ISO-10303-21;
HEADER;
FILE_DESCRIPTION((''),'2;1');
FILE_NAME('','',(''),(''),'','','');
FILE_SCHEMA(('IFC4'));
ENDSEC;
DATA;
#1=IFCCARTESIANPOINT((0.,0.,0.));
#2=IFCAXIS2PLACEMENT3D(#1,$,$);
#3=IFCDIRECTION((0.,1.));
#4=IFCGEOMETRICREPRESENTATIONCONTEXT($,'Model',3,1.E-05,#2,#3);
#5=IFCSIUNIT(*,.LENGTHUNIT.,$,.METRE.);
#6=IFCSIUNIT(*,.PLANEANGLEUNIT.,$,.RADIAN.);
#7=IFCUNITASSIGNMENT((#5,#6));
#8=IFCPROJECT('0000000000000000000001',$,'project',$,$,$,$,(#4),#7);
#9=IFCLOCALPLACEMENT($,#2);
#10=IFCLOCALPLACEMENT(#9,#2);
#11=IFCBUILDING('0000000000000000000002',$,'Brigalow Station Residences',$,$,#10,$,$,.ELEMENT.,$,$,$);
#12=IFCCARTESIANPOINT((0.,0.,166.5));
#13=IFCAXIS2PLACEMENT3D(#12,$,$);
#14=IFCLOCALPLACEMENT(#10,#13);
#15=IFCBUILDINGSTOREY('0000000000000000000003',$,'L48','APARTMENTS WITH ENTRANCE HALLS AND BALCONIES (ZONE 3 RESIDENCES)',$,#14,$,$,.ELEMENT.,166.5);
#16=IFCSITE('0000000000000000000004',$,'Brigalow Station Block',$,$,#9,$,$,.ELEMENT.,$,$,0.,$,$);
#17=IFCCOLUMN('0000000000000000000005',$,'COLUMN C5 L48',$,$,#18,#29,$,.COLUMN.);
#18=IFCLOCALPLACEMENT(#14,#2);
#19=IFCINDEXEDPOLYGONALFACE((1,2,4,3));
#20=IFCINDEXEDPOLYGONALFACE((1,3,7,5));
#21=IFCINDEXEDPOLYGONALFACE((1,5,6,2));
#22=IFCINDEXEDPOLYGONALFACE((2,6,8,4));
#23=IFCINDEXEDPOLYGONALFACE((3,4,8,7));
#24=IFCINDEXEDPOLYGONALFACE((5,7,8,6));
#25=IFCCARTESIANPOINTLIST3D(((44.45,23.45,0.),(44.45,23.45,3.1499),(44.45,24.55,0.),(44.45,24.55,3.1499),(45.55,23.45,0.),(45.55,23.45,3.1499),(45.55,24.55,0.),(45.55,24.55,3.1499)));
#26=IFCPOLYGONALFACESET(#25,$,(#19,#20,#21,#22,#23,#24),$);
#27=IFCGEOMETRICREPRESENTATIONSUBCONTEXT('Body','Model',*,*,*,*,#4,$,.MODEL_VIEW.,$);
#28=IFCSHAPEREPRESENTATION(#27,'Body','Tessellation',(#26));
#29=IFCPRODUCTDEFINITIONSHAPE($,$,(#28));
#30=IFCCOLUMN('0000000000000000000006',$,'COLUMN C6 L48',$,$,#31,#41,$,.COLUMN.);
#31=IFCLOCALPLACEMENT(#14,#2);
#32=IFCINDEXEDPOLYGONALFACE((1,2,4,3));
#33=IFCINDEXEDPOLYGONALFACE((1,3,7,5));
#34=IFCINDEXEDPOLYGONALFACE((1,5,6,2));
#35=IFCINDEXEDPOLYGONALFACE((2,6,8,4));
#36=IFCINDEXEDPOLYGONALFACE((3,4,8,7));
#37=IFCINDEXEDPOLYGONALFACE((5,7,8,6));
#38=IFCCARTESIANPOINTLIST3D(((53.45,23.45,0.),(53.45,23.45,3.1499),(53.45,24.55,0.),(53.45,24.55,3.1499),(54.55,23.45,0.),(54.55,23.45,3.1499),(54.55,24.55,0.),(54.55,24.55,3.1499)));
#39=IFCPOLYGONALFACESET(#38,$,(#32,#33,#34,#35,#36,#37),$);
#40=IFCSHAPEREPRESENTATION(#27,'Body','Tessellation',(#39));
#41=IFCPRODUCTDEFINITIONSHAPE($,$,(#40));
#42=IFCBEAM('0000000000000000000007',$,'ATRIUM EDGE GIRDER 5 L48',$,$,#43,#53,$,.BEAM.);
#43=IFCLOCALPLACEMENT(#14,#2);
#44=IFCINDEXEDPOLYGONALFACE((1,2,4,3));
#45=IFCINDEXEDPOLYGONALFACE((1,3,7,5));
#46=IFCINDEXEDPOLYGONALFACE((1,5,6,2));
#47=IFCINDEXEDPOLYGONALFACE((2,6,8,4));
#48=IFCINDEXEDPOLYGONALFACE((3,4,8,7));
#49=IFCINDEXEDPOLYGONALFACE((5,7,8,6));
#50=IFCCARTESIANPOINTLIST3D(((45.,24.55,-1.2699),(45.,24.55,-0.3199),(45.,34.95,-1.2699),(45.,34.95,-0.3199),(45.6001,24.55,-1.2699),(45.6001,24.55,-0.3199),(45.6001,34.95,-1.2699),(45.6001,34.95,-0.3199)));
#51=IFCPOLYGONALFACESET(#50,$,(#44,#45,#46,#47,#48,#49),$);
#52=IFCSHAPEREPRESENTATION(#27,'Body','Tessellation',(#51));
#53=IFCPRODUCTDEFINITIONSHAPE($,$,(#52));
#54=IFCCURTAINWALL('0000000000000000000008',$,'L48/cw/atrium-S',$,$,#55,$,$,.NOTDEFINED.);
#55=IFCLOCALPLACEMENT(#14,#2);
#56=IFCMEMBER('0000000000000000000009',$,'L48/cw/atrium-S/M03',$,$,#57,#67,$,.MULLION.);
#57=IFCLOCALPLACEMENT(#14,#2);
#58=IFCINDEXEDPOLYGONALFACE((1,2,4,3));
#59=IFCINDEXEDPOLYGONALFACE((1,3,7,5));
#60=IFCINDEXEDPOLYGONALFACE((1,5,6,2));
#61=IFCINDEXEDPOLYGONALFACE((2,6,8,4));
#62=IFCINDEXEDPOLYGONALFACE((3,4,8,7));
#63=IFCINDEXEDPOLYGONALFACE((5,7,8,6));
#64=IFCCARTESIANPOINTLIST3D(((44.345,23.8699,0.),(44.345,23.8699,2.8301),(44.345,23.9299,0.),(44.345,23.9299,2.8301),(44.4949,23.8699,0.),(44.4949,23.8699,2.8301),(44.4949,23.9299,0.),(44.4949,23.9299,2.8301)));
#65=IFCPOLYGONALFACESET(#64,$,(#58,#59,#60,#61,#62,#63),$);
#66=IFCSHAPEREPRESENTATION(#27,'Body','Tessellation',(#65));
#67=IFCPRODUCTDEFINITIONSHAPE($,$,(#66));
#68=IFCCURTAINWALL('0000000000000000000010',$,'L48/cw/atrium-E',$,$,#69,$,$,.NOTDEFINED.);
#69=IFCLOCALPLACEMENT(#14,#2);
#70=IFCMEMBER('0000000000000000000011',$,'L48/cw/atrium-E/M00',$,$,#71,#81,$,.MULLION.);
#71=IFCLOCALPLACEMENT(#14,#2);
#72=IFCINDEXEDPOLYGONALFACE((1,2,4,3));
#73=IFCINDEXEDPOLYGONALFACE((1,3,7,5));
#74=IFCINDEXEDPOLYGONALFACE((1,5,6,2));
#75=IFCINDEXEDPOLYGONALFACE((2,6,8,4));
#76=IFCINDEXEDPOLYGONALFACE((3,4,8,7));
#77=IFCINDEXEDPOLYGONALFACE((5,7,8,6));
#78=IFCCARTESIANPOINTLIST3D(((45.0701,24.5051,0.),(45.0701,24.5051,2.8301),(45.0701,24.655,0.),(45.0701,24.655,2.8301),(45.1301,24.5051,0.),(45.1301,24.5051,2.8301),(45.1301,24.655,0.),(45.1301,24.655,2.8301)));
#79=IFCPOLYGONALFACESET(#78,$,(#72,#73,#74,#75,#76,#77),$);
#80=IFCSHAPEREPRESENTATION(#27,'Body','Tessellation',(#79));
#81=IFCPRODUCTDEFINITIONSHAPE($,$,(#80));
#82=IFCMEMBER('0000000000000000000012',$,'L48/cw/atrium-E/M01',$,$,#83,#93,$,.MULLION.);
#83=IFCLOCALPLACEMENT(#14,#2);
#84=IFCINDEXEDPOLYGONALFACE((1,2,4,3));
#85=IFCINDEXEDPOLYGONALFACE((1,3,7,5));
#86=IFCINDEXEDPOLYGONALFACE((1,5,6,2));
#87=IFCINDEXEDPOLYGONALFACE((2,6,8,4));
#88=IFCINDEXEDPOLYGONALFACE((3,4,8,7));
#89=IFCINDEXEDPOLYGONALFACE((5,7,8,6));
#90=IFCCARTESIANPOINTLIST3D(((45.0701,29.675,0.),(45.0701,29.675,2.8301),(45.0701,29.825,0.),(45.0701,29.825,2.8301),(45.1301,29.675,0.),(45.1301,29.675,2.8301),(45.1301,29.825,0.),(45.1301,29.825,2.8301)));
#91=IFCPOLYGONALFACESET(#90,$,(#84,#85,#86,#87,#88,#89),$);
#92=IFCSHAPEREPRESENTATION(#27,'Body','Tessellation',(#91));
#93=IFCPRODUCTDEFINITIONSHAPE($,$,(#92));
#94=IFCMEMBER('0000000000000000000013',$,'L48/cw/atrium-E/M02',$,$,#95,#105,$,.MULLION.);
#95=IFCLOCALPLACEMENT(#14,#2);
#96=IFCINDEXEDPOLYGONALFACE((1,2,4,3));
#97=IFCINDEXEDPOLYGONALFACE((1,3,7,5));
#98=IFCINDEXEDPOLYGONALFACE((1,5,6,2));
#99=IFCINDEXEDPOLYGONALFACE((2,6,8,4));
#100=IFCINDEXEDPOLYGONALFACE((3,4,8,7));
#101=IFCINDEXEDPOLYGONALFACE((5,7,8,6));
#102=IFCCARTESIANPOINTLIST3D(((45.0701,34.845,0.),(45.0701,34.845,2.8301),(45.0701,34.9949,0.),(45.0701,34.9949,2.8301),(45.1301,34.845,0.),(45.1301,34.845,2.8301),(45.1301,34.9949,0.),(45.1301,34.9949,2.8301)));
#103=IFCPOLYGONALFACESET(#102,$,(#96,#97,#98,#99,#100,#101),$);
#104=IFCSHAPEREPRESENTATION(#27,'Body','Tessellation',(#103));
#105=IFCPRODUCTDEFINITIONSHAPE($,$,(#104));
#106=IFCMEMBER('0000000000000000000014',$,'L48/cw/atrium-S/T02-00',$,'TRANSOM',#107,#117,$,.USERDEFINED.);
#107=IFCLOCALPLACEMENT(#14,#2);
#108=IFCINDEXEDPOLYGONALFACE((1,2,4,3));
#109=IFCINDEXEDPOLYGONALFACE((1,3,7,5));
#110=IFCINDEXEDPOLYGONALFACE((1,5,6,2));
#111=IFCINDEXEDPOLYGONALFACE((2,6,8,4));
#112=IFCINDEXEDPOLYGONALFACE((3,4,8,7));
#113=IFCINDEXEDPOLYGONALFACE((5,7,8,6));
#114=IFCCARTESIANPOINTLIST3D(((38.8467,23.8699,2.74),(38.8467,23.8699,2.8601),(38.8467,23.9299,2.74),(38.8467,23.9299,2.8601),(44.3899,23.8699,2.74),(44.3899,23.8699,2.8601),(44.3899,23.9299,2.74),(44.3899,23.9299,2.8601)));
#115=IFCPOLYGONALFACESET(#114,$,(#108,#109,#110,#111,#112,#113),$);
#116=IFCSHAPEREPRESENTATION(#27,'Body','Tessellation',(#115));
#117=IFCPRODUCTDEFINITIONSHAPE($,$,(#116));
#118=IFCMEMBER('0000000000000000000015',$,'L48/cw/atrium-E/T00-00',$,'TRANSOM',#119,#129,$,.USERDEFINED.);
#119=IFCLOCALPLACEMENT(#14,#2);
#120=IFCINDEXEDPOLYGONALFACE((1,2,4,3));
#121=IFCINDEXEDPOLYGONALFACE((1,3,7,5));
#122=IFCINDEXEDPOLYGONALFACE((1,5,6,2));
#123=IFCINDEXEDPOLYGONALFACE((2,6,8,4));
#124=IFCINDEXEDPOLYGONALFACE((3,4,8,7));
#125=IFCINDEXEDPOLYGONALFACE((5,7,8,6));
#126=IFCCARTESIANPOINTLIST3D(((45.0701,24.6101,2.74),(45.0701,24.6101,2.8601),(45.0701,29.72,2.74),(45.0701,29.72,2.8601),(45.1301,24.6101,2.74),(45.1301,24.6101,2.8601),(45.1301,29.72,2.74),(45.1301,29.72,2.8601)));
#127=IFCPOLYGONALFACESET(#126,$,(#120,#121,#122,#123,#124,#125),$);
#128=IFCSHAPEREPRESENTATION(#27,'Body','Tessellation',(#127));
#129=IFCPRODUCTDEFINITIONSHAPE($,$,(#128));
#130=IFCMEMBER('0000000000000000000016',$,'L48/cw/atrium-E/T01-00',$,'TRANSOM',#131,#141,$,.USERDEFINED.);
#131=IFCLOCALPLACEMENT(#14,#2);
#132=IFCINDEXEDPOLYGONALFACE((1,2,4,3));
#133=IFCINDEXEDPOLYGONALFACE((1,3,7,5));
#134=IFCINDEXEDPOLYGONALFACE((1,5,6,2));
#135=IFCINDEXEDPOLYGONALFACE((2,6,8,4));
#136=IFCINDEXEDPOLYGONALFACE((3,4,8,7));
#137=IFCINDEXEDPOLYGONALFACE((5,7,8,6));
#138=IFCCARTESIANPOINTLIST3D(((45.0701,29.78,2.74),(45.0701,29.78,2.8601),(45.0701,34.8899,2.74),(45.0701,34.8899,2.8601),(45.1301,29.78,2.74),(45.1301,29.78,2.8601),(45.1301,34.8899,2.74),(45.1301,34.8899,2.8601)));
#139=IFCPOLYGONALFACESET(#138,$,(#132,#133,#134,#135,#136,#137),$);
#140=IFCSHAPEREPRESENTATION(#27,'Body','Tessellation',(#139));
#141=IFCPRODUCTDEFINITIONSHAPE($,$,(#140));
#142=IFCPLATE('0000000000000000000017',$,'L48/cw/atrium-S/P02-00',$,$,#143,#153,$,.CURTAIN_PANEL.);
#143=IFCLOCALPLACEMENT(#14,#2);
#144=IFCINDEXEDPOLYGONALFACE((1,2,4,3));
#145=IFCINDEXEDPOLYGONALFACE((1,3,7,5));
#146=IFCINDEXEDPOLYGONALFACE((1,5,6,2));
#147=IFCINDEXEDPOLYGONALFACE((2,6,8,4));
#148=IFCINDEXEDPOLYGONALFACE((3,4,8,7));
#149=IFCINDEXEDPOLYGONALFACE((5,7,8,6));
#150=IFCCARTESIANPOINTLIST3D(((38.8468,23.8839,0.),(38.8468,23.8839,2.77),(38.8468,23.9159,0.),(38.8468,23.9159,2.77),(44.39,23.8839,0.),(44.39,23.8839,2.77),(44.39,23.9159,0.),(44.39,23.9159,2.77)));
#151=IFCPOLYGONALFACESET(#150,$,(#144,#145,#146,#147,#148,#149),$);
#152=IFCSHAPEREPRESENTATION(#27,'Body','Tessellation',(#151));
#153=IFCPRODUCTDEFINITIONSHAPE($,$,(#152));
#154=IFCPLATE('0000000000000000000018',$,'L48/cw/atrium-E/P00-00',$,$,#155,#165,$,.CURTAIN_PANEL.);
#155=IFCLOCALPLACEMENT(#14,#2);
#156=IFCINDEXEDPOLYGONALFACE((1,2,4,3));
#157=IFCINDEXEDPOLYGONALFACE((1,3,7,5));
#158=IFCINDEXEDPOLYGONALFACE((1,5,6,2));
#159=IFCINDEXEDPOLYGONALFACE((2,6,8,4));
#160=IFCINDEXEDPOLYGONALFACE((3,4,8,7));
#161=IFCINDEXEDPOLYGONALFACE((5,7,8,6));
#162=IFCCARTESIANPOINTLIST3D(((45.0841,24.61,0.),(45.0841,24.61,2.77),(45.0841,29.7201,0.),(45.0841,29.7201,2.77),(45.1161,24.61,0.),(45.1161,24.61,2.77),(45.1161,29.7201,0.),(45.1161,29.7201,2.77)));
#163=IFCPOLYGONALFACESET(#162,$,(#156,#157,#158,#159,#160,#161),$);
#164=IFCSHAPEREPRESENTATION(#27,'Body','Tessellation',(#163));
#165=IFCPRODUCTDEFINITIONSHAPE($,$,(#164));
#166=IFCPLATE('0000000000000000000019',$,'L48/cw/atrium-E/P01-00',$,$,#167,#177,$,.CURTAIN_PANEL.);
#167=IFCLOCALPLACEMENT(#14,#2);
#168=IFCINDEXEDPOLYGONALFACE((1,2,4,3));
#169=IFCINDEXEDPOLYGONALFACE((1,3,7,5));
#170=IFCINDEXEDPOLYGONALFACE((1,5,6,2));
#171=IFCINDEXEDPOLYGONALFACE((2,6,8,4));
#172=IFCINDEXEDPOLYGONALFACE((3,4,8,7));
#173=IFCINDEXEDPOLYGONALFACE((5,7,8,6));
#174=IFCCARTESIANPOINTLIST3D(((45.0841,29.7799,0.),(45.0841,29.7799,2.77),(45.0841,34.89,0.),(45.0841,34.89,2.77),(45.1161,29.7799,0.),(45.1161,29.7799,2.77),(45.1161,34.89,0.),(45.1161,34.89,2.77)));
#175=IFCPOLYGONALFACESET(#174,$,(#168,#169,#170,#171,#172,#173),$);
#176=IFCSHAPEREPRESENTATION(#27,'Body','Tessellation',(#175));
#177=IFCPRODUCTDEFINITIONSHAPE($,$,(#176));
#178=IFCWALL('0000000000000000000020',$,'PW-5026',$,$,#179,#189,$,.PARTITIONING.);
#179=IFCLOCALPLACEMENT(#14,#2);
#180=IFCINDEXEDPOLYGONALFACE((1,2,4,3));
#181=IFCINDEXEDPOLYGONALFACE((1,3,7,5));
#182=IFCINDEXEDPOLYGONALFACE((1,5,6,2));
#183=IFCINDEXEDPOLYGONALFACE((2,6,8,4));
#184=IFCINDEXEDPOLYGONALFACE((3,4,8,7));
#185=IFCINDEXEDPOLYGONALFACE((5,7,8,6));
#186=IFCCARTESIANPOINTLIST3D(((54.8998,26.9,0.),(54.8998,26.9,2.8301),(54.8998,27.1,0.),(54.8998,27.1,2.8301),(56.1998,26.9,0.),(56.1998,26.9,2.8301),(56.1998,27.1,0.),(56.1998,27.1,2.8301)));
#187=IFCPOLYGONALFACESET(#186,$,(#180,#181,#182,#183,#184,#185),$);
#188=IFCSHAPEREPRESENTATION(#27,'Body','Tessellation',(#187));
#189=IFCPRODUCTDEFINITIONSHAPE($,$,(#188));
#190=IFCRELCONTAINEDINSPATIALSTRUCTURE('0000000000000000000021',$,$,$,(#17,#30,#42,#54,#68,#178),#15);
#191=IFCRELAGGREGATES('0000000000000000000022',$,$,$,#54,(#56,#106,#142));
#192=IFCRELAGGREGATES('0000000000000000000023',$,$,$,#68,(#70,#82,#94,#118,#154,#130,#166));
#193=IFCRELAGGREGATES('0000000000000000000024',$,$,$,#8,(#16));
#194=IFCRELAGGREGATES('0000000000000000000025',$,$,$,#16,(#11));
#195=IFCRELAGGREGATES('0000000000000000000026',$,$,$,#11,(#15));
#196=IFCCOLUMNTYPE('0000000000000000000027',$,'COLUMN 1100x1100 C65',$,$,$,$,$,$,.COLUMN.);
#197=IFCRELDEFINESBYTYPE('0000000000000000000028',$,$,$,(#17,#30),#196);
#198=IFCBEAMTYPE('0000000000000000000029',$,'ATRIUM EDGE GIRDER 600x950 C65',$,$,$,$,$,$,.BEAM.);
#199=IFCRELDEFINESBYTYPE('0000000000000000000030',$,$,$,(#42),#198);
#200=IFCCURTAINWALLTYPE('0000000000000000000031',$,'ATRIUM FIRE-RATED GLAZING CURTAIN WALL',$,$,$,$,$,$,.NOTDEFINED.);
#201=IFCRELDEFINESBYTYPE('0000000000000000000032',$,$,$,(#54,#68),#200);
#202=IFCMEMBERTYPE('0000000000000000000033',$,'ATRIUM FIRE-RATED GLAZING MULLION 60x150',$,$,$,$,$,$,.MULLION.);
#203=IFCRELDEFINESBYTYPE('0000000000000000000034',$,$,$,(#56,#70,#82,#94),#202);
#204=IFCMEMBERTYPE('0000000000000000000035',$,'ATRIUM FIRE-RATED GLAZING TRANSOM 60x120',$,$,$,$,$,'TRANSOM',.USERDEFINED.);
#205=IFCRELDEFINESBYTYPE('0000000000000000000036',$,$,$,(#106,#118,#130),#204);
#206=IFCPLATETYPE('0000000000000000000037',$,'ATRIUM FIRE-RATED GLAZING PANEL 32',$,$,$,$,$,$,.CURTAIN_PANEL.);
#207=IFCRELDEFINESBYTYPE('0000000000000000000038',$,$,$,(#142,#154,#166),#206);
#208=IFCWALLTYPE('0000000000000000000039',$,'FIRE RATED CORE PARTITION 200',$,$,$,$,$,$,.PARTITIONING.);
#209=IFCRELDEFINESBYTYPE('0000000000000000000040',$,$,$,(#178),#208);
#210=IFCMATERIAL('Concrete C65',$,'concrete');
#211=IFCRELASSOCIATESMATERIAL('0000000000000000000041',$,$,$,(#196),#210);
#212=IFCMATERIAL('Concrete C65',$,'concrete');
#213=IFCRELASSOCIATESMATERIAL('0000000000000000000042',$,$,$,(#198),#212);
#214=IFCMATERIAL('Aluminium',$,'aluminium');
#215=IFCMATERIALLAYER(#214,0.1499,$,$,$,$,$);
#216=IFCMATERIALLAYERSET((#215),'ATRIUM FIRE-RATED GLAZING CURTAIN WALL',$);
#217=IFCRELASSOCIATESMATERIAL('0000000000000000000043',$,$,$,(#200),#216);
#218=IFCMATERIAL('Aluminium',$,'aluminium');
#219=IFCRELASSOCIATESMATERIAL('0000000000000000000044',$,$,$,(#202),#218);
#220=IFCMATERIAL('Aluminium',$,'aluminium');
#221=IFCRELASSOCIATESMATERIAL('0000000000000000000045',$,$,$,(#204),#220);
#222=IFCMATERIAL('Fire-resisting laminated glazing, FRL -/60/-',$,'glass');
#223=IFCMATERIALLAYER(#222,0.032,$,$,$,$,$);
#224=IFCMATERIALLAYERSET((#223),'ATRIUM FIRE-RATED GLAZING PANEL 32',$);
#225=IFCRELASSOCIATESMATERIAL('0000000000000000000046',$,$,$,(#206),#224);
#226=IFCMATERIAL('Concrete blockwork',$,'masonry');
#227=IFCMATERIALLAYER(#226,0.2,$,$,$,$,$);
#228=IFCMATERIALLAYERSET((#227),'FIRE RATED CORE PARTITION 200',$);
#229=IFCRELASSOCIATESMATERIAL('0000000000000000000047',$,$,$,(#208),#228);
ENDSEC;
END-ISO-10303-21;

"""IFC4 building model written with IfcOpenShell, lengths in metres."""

from ifc_helpers import new_model, si_unit, direction, frame, frame_2d, origin, origin_2d, place, context, subcontext, project, spatial, rectangle, extrude, material, layer, layer_set, material_profile, profile_set, type_object, element, aggregate, save


model = new_model("IFC4")

# Units and contexts
model_context = context("Model", 3, precision=1e-05, world=origin(), true_north=direction((0.0, 1.0)))
body_context = subcontext(model_context, "Body", "Model", "MODEL_VIEW")
ifc_project = project(units=[si_unit("LENGTHUNIT", "METRE"), si_unit("PLANEANGLEUNIT", "RADIAN")], contexts=[model_context])

# Site, building, storey
site_placement = place(None, origin())
site = spatial("IfcSite", under=ifc_project, at=site_placement, Name="Brigalow Station Block", CompositionType="ELEMENT", RefElevation=0.0)
building_placement = place(site_placement, origin())
building = spatial("IfcBuilding", under=site, at=building_placement, Name="Brigalow Station Residences", CompositionType="ELEMENT")
storey_placement = place(building_placement, frame((0.0, 0.0, 166.5)))
storey = spatial("IfcBuildingStorey", under=building, at=storey_placement, Name="L48", Description="APARTMENTS WITH ENTRANCE HALLS AND BALCONIES (ZONE 3 RESIDENCES)", CompositionType="ELEMENT", Elevation=166.5)

# Columns
ifc_material_1 = material(Name="Concrete C65", Category="concrete")
ifc_material_profile_1 = material_profile(ifc_material_1, rectangle(XDim=1.1001, YDim=1.1001, at=origin_2d()), Name="RC1100x1100")
ifc_profile_set_1 = profile_set([ifc_material_profile_1], Name="Concrete C65")
column_type = type_object("IfcColumnType", Name="COLUMN 1100x1100 C65", PredefinedType="COLUMN", material=ifc_profile_set_1)
for number, where, z_axis, x_axis, name in (
    (1, (45.0, 24.0, 0.0), (0.0, 0.0, 1.0), (1.0, 0.0, 0.0), "COLUMN C5 L48"),
    (2, (54.0, 24.0, 0.0), (0.0, 0.0, 1.0), (1.0, 0.0, 0.0), "COLUMN C6 L48"),
):
    element("IfcColumn", number, at=place(storey_placement, frame(where, z_axis=z_axis, x_axis=x_axis)), inside=storey, type_object=column_type, Name=name, PredefinedType="COLUMN", context=body_context, shape_type="SweptSolid", body=[
        extrude(rectangle(XDim=1.1001, YDim=1.1001, at=origin_2d()), origin(), (0.0, 0.0, 1.0), 3.1499),
    ])

# Beam
ifc_material_2 = material(Name="Concrete C65", Category="concrete")
ifc_material_profile_2 = material_profile(ifc_material_2, rectangle(XDim=0.6001, YDim=0.95, at=origin_2d()), Name="RC600x950")
ifc_profile_set_2 = profile_set([ifc_material_profile_2], Name="Concrete C65")
beam_type = type_object("IfcBeamType", Name="ATRIUM EDGE GIRDER 600x950 C65", PredefinedType="BEAM", material=ifc_profile_set_2)
beam_placement = place(storey_placement, frame((45.3, 24.55, -0.7949), z_axis=(0.0, 1.0, 0.0), x_axis=(-1.0, 0.0, 0.0)))
element("IfcBeam", 3, at=beam_placement, inside=storey, type_object=beam_type, Name="ATRIUM EDGE GIRDER 5 L48", PredefinedType="BEAM", context=body_context, shape_type="SweptSolid", body=[
    extrude(rectangle(XDim=0.6001, YDim=0.95, at=origin_2d()), origin(), (0.0, 0.0, 1.0), 10.3999),
])

# Curtain wall, member
ifc_material_3 = material(Name="Aluminium", Category="aluminium")
ifc_layer_1 = layer(ifc_material_3, 0.1499)
ifc_layer_set_1 = layer_set([ifc_layer_1], Name="ATRIUM FIRE-RATED GLAZING CURTAIN WALL")
curtain_wall_type = type_object("IfcCurtainWallType", Name="ATRIUM FIRE-RATED GLAZING CURTAIN WALL", PredefinedType="NOTDEFINED", material=ifc_layer_set_1)
curtain_wall_1_placement = place(storey_placement, origin())
curtain_wall_1 = element("IfcCurtainWall", 4, at=curtain_wall_1_placement, inside=storey, type_object=curtain_wall_type, Name="L48/cw/atrium-S", PredefinedType="NOTDEFINED")
ifc_material_4 = material(Name="Aluminium", Category="aluminium")
ifc_material_profile_3 = material_profile(ifc_material_4, rectangle(XDim=0.0601, YDim=0.1499, at=origin_2d()), Name="ATRIUM FIRE-RATED GLAZING MULLION 60x150")
ifc_profile_set_3 = profile_set([ifc_material_profile_3], Name="Aluminium")
member_type_1 = type_object("IfcMemberType", Name="ATRIUM FIRE-RATED GLAZING MULLION 60x150", PredefinedType="MULLION", material=ifc_profile_set_3)
member_1_placement = place(storey_placement, frame((44.4199, 23.8999, 0.0), z_axis=(0.0, 0.0, 1.0), x_axis=(0.0, 1.0, 0.0)))
member_1 = element("IfcMember", 5, at=member_1_placement, type_object=member_type_1, Name="L48/cw/atrium-S/M03", PredefinedType="MULLION", context=body_context, shape_type="SweptSolid", body=[
    extrude(rectangle(XDim=0.0601, YDim=0.1499, at=origin_2d()), origin(), (0.0, 0.0, 1.0), 2.8301),
])

# Curtain wall, members
curtain_wall_2_placement = place(storey_placement, origin())
curtain_wall_2 = element("IfcCurtainWall", 6, at=curtain_wall_2_placement, inside=storey, type_object=curtain_wall_type, Name="L48/cw/atrium-E", PredefinedType="NOTDEFINED")
member_2_placement = place(storey_placement, frame((45.1001, 24.5801, 0.0), z_axis=(0.0, 0.0, 1.0), x_axis=(-1.0, 0.0, 0.0)))
member_2 = element("IfcMember", 7, at=member_2_placement, type_object=member_type_1, Name="L48/cw/atrium-E/M00", PredefinedType="MULLION", context=body_context, shape_type="SweptSolid", body=[
    extrude(rectangle(XDim=0.0601, YDim=0.1499, at=origin_2d()), origin(), (0.0, 0.0, 1.0), 2.8301),
])
member_3_placement = place(storey_placement, frame((45.1001, 29.75, 0.0), z_axis=(0.0, 0.0, 1.0), x_axis=(-1.0, 0.0, 0.0)))
member_3 = element("IfcMember", 8, at=member_3_placement, type_object=member_type_1, Name="L48/cw/atrium-E/M01", PredefinedType="MULLION", context=body_context, shape_type="SweptSolid", body=[
    extrude(rectangle(XDim=0.0601, YDim=0.1499, at=origin_2d()), origin(), (0.0, 0.0, 1.0), 2.8301),
])
member_4_placement = place(storey_placement, frame((45.1001, 34.9199, 0.0), z_axis=(0.0, 0.0, 1.0), x_axis=(-1.0, 0.0, 0.0)))
member_4 = element("IfcMember", 9, at=member_4_placement, type_object=member_type_1, Name="L48/cw/atrium-E/M02", PredefinedType="MULLION", context=body_context, shape_type="SweptSolid", body=[
    extrude(rectangle(XDim=0.0601, YDim=0.1499, at=origin_2d()), origin(), (0.0, 0.0, 1.0), 2.8301),
])

# Members
ifc_material_5 = material(Name="Aluminium", Category="aluminium")
ifc_material_profile_4 = material_profile(ifc_material_5, rectangle(XDim=0.0601, YDim=0.1201, at=origin_2d()), Name="ATRIUM FIRE-RATED GLAZING TRANSOM 60x120")
ifc_profile_set_4 = profile_set([ifc_material_profile_4], Name="Aluminium")
member_type_2 = type_object("IfcMemberType", Name="ATRIUM FIRE-RATED GLAZING TRANSOM 60x120", ElementType="TRANSOM", PredefinedType="USERDEFINED", material=ifc_profile_set_4)
member_5_placement = place(storey_placement, frame((38.8467, 23.8999, 2.8), z_axis=(1.0, 0.0, 0.0), x_axis=(0.0, 1.0, 0.0)))
member_5 = element("IfcMember", 10, at=member_5_placement, type_object=member_type_2, Name="L48/cw/atrium-S/T02-00", ObjectType="TRANSOM", PredefinedType="USERDEFINED", context=body_context, shape_type="SweptSolid", body=[
    extrude(rectangle(XDim=0.0601, YDim=0.1201, at=origin_2d()), origin(), (0.0, 0.0, 1.0), 5.5432),
])
member_6_placement = place(storey_placement, frame((45.1001, 24.6101, 2.8), z_axis=(0.0, 1.0, 0.0), x_axis=(-1.0, 0.0, 0.0)))
member_6 = element("IfcMember", 11, at=member_6_placement, type_object=member_type_2, Name="L48/cw/atrium-E/T00-00", ObjectType="TRANSOM", PredefinedType="USERDEFINED", context=body_context, shape_type="SweptSolid", body=[
    extrude(rectangle(XDim=0.0601, YDim=0.1201, at=origin_2d()), origin(), (0.0, 0.0, 1.0), 5.1099),
])
member_7_placement = place(storey_placement, frame((45.1001, 29.78, 2.8), z_axis=(0.0, 1.0, 0.0), x_axis=(-1.0, 0.0, 0.0)))
member_7 = element("IfcMember", 12, at=member_7_placement, type_object=member_type_2, Name="L48/cw/atrium-E/T01-00", ObjectType="TRANSOM", PredefinedType="USERDEFINED", context=body_context, shape_type="SweptSolid", body=[
    extrude(rectangle(XDim=0.0601, YDim=0.1201, at=origin_2d()), origin(), (0.0, 0.0, 1.0), 5.1099),
])

# Plates
ifc_material_6 = material(Name="Fire-resisting laminated glazing, FRL -/60/-", Category="glass")
ifc_layer_2 = layer(ifc_material_6, 0.032)
ifc_layer_set_2 = layer_set([ifc_layer_2], Name="ATRIUM FIRE-RATED GLAZING PANEL 32")
plate_type = type_object("IfcPlateType", Name="ATRIUM FIRE-RATED GLAZING PANEL 32", PredefinedType="CURTAIN_PANEL", material=ifc_layer_set_2)
plate_1_placement = place(storey_placement, frame((41.6184, 23.8999, 0.0), z_axis=(0.0, 0.0, 1.0), x_axis=(1.0, 0.0, 0.0)))
plate_1 = element("IfcPlate", 13, at=plate_1_placement, type_object=plate_type, Name="L48/cw/atrium-S/P02-00", PredefinedType="CURTAIN_PANEL", context=body_context, shape_type="SweptSolid", body=[
    extrude(rectangle(XDim=5.5432, YDim=0.032, at=origin_2d()), origin(), (0.0, 0.0, 1.0), 2.77),
])
aggregate(curtain_wall_1, [member_1, member_5, plate_1])
plate_2_placement = place(storey_placement, frame((45.1001, 27.165, 0.0), z_axis=(0.0, 0.0, 1.0), x_axis=(0.0, 1.0, 0.0)))
plate_2 = element("IfcPlate", 14, at=plate_2_placement, type_object=plate_type, Name="L48/cw/atrium-E/P00-00", PredefinedType="CURTAIN_PANEL", context=body_context, shape_type="SweptSolid", body=[
    extrude(rectangle(XDim=5.1101, YDim=0.032, at=origin_2d()), origin(), (0.0, 0.0, 1.0), 2.77),
])
plate_3_placement = place(storey_placement, frame((45.1001, 32.335, 0.0), z_axis=(0.0, 0.0, 1.0), x_axis=(0.0, 1.0, 0.0)))
plate_3 = element("IfcPlate", 15, at=plate_3_placement, type_object=plate_type, Name="L48/cw/atrium-E/P01-00", PredefinedType="CURTAIN_PANEL", context=body_context, shape_type="SweptSolid", body=[
    extrude(rectangle(XDim=5.1101, YDim=0.032, at=origin_2d()), origin(), (0.0, 0.0, 1.0), 2.77),
])
aggregate(curtain_wall_2, [member_2, member_3, member_4, member_6, plate_2, member_7, plate_3])

# Wall
ifc_material_7 = material(Name="Concrete blockwork", Category="masonry")
ifc_layer_3 = layer(ifc_material_7, 0.2)
ifc_layer_set_3 = layer_set([ifc_layer_3], Name="FIRE RATED CORE PARTITION 200")
wall_type_1 = type_object("IfcWallType", Name="FIRE RATED CORE PARTITION 200", PredefinedType="PARTITIONING", material=ifc_layer_set_3)
wall_1_placement = place(storey_placement, frame((54.8999, 27.0, 0.0), z_axis=(0.0, 0.0, 1.0), x_axis=(1.0, 0.0, 0.0)))
element("IfcWall", 16, at=wall_1_placement, inside=storey, type_object=wall_type_1, Name="PW-5026", PredefinedType="PARTITIONING", context=body_context, shape_type="SweptSolid", body=[
    extrude(rectangle(XDim=1.3, YDim=0.2, at=frame_2d((0.6499, 0.0))), origin(), (0.0, 0.0, 1.0), 2.8301),
])

save(model, "model.ifc")
